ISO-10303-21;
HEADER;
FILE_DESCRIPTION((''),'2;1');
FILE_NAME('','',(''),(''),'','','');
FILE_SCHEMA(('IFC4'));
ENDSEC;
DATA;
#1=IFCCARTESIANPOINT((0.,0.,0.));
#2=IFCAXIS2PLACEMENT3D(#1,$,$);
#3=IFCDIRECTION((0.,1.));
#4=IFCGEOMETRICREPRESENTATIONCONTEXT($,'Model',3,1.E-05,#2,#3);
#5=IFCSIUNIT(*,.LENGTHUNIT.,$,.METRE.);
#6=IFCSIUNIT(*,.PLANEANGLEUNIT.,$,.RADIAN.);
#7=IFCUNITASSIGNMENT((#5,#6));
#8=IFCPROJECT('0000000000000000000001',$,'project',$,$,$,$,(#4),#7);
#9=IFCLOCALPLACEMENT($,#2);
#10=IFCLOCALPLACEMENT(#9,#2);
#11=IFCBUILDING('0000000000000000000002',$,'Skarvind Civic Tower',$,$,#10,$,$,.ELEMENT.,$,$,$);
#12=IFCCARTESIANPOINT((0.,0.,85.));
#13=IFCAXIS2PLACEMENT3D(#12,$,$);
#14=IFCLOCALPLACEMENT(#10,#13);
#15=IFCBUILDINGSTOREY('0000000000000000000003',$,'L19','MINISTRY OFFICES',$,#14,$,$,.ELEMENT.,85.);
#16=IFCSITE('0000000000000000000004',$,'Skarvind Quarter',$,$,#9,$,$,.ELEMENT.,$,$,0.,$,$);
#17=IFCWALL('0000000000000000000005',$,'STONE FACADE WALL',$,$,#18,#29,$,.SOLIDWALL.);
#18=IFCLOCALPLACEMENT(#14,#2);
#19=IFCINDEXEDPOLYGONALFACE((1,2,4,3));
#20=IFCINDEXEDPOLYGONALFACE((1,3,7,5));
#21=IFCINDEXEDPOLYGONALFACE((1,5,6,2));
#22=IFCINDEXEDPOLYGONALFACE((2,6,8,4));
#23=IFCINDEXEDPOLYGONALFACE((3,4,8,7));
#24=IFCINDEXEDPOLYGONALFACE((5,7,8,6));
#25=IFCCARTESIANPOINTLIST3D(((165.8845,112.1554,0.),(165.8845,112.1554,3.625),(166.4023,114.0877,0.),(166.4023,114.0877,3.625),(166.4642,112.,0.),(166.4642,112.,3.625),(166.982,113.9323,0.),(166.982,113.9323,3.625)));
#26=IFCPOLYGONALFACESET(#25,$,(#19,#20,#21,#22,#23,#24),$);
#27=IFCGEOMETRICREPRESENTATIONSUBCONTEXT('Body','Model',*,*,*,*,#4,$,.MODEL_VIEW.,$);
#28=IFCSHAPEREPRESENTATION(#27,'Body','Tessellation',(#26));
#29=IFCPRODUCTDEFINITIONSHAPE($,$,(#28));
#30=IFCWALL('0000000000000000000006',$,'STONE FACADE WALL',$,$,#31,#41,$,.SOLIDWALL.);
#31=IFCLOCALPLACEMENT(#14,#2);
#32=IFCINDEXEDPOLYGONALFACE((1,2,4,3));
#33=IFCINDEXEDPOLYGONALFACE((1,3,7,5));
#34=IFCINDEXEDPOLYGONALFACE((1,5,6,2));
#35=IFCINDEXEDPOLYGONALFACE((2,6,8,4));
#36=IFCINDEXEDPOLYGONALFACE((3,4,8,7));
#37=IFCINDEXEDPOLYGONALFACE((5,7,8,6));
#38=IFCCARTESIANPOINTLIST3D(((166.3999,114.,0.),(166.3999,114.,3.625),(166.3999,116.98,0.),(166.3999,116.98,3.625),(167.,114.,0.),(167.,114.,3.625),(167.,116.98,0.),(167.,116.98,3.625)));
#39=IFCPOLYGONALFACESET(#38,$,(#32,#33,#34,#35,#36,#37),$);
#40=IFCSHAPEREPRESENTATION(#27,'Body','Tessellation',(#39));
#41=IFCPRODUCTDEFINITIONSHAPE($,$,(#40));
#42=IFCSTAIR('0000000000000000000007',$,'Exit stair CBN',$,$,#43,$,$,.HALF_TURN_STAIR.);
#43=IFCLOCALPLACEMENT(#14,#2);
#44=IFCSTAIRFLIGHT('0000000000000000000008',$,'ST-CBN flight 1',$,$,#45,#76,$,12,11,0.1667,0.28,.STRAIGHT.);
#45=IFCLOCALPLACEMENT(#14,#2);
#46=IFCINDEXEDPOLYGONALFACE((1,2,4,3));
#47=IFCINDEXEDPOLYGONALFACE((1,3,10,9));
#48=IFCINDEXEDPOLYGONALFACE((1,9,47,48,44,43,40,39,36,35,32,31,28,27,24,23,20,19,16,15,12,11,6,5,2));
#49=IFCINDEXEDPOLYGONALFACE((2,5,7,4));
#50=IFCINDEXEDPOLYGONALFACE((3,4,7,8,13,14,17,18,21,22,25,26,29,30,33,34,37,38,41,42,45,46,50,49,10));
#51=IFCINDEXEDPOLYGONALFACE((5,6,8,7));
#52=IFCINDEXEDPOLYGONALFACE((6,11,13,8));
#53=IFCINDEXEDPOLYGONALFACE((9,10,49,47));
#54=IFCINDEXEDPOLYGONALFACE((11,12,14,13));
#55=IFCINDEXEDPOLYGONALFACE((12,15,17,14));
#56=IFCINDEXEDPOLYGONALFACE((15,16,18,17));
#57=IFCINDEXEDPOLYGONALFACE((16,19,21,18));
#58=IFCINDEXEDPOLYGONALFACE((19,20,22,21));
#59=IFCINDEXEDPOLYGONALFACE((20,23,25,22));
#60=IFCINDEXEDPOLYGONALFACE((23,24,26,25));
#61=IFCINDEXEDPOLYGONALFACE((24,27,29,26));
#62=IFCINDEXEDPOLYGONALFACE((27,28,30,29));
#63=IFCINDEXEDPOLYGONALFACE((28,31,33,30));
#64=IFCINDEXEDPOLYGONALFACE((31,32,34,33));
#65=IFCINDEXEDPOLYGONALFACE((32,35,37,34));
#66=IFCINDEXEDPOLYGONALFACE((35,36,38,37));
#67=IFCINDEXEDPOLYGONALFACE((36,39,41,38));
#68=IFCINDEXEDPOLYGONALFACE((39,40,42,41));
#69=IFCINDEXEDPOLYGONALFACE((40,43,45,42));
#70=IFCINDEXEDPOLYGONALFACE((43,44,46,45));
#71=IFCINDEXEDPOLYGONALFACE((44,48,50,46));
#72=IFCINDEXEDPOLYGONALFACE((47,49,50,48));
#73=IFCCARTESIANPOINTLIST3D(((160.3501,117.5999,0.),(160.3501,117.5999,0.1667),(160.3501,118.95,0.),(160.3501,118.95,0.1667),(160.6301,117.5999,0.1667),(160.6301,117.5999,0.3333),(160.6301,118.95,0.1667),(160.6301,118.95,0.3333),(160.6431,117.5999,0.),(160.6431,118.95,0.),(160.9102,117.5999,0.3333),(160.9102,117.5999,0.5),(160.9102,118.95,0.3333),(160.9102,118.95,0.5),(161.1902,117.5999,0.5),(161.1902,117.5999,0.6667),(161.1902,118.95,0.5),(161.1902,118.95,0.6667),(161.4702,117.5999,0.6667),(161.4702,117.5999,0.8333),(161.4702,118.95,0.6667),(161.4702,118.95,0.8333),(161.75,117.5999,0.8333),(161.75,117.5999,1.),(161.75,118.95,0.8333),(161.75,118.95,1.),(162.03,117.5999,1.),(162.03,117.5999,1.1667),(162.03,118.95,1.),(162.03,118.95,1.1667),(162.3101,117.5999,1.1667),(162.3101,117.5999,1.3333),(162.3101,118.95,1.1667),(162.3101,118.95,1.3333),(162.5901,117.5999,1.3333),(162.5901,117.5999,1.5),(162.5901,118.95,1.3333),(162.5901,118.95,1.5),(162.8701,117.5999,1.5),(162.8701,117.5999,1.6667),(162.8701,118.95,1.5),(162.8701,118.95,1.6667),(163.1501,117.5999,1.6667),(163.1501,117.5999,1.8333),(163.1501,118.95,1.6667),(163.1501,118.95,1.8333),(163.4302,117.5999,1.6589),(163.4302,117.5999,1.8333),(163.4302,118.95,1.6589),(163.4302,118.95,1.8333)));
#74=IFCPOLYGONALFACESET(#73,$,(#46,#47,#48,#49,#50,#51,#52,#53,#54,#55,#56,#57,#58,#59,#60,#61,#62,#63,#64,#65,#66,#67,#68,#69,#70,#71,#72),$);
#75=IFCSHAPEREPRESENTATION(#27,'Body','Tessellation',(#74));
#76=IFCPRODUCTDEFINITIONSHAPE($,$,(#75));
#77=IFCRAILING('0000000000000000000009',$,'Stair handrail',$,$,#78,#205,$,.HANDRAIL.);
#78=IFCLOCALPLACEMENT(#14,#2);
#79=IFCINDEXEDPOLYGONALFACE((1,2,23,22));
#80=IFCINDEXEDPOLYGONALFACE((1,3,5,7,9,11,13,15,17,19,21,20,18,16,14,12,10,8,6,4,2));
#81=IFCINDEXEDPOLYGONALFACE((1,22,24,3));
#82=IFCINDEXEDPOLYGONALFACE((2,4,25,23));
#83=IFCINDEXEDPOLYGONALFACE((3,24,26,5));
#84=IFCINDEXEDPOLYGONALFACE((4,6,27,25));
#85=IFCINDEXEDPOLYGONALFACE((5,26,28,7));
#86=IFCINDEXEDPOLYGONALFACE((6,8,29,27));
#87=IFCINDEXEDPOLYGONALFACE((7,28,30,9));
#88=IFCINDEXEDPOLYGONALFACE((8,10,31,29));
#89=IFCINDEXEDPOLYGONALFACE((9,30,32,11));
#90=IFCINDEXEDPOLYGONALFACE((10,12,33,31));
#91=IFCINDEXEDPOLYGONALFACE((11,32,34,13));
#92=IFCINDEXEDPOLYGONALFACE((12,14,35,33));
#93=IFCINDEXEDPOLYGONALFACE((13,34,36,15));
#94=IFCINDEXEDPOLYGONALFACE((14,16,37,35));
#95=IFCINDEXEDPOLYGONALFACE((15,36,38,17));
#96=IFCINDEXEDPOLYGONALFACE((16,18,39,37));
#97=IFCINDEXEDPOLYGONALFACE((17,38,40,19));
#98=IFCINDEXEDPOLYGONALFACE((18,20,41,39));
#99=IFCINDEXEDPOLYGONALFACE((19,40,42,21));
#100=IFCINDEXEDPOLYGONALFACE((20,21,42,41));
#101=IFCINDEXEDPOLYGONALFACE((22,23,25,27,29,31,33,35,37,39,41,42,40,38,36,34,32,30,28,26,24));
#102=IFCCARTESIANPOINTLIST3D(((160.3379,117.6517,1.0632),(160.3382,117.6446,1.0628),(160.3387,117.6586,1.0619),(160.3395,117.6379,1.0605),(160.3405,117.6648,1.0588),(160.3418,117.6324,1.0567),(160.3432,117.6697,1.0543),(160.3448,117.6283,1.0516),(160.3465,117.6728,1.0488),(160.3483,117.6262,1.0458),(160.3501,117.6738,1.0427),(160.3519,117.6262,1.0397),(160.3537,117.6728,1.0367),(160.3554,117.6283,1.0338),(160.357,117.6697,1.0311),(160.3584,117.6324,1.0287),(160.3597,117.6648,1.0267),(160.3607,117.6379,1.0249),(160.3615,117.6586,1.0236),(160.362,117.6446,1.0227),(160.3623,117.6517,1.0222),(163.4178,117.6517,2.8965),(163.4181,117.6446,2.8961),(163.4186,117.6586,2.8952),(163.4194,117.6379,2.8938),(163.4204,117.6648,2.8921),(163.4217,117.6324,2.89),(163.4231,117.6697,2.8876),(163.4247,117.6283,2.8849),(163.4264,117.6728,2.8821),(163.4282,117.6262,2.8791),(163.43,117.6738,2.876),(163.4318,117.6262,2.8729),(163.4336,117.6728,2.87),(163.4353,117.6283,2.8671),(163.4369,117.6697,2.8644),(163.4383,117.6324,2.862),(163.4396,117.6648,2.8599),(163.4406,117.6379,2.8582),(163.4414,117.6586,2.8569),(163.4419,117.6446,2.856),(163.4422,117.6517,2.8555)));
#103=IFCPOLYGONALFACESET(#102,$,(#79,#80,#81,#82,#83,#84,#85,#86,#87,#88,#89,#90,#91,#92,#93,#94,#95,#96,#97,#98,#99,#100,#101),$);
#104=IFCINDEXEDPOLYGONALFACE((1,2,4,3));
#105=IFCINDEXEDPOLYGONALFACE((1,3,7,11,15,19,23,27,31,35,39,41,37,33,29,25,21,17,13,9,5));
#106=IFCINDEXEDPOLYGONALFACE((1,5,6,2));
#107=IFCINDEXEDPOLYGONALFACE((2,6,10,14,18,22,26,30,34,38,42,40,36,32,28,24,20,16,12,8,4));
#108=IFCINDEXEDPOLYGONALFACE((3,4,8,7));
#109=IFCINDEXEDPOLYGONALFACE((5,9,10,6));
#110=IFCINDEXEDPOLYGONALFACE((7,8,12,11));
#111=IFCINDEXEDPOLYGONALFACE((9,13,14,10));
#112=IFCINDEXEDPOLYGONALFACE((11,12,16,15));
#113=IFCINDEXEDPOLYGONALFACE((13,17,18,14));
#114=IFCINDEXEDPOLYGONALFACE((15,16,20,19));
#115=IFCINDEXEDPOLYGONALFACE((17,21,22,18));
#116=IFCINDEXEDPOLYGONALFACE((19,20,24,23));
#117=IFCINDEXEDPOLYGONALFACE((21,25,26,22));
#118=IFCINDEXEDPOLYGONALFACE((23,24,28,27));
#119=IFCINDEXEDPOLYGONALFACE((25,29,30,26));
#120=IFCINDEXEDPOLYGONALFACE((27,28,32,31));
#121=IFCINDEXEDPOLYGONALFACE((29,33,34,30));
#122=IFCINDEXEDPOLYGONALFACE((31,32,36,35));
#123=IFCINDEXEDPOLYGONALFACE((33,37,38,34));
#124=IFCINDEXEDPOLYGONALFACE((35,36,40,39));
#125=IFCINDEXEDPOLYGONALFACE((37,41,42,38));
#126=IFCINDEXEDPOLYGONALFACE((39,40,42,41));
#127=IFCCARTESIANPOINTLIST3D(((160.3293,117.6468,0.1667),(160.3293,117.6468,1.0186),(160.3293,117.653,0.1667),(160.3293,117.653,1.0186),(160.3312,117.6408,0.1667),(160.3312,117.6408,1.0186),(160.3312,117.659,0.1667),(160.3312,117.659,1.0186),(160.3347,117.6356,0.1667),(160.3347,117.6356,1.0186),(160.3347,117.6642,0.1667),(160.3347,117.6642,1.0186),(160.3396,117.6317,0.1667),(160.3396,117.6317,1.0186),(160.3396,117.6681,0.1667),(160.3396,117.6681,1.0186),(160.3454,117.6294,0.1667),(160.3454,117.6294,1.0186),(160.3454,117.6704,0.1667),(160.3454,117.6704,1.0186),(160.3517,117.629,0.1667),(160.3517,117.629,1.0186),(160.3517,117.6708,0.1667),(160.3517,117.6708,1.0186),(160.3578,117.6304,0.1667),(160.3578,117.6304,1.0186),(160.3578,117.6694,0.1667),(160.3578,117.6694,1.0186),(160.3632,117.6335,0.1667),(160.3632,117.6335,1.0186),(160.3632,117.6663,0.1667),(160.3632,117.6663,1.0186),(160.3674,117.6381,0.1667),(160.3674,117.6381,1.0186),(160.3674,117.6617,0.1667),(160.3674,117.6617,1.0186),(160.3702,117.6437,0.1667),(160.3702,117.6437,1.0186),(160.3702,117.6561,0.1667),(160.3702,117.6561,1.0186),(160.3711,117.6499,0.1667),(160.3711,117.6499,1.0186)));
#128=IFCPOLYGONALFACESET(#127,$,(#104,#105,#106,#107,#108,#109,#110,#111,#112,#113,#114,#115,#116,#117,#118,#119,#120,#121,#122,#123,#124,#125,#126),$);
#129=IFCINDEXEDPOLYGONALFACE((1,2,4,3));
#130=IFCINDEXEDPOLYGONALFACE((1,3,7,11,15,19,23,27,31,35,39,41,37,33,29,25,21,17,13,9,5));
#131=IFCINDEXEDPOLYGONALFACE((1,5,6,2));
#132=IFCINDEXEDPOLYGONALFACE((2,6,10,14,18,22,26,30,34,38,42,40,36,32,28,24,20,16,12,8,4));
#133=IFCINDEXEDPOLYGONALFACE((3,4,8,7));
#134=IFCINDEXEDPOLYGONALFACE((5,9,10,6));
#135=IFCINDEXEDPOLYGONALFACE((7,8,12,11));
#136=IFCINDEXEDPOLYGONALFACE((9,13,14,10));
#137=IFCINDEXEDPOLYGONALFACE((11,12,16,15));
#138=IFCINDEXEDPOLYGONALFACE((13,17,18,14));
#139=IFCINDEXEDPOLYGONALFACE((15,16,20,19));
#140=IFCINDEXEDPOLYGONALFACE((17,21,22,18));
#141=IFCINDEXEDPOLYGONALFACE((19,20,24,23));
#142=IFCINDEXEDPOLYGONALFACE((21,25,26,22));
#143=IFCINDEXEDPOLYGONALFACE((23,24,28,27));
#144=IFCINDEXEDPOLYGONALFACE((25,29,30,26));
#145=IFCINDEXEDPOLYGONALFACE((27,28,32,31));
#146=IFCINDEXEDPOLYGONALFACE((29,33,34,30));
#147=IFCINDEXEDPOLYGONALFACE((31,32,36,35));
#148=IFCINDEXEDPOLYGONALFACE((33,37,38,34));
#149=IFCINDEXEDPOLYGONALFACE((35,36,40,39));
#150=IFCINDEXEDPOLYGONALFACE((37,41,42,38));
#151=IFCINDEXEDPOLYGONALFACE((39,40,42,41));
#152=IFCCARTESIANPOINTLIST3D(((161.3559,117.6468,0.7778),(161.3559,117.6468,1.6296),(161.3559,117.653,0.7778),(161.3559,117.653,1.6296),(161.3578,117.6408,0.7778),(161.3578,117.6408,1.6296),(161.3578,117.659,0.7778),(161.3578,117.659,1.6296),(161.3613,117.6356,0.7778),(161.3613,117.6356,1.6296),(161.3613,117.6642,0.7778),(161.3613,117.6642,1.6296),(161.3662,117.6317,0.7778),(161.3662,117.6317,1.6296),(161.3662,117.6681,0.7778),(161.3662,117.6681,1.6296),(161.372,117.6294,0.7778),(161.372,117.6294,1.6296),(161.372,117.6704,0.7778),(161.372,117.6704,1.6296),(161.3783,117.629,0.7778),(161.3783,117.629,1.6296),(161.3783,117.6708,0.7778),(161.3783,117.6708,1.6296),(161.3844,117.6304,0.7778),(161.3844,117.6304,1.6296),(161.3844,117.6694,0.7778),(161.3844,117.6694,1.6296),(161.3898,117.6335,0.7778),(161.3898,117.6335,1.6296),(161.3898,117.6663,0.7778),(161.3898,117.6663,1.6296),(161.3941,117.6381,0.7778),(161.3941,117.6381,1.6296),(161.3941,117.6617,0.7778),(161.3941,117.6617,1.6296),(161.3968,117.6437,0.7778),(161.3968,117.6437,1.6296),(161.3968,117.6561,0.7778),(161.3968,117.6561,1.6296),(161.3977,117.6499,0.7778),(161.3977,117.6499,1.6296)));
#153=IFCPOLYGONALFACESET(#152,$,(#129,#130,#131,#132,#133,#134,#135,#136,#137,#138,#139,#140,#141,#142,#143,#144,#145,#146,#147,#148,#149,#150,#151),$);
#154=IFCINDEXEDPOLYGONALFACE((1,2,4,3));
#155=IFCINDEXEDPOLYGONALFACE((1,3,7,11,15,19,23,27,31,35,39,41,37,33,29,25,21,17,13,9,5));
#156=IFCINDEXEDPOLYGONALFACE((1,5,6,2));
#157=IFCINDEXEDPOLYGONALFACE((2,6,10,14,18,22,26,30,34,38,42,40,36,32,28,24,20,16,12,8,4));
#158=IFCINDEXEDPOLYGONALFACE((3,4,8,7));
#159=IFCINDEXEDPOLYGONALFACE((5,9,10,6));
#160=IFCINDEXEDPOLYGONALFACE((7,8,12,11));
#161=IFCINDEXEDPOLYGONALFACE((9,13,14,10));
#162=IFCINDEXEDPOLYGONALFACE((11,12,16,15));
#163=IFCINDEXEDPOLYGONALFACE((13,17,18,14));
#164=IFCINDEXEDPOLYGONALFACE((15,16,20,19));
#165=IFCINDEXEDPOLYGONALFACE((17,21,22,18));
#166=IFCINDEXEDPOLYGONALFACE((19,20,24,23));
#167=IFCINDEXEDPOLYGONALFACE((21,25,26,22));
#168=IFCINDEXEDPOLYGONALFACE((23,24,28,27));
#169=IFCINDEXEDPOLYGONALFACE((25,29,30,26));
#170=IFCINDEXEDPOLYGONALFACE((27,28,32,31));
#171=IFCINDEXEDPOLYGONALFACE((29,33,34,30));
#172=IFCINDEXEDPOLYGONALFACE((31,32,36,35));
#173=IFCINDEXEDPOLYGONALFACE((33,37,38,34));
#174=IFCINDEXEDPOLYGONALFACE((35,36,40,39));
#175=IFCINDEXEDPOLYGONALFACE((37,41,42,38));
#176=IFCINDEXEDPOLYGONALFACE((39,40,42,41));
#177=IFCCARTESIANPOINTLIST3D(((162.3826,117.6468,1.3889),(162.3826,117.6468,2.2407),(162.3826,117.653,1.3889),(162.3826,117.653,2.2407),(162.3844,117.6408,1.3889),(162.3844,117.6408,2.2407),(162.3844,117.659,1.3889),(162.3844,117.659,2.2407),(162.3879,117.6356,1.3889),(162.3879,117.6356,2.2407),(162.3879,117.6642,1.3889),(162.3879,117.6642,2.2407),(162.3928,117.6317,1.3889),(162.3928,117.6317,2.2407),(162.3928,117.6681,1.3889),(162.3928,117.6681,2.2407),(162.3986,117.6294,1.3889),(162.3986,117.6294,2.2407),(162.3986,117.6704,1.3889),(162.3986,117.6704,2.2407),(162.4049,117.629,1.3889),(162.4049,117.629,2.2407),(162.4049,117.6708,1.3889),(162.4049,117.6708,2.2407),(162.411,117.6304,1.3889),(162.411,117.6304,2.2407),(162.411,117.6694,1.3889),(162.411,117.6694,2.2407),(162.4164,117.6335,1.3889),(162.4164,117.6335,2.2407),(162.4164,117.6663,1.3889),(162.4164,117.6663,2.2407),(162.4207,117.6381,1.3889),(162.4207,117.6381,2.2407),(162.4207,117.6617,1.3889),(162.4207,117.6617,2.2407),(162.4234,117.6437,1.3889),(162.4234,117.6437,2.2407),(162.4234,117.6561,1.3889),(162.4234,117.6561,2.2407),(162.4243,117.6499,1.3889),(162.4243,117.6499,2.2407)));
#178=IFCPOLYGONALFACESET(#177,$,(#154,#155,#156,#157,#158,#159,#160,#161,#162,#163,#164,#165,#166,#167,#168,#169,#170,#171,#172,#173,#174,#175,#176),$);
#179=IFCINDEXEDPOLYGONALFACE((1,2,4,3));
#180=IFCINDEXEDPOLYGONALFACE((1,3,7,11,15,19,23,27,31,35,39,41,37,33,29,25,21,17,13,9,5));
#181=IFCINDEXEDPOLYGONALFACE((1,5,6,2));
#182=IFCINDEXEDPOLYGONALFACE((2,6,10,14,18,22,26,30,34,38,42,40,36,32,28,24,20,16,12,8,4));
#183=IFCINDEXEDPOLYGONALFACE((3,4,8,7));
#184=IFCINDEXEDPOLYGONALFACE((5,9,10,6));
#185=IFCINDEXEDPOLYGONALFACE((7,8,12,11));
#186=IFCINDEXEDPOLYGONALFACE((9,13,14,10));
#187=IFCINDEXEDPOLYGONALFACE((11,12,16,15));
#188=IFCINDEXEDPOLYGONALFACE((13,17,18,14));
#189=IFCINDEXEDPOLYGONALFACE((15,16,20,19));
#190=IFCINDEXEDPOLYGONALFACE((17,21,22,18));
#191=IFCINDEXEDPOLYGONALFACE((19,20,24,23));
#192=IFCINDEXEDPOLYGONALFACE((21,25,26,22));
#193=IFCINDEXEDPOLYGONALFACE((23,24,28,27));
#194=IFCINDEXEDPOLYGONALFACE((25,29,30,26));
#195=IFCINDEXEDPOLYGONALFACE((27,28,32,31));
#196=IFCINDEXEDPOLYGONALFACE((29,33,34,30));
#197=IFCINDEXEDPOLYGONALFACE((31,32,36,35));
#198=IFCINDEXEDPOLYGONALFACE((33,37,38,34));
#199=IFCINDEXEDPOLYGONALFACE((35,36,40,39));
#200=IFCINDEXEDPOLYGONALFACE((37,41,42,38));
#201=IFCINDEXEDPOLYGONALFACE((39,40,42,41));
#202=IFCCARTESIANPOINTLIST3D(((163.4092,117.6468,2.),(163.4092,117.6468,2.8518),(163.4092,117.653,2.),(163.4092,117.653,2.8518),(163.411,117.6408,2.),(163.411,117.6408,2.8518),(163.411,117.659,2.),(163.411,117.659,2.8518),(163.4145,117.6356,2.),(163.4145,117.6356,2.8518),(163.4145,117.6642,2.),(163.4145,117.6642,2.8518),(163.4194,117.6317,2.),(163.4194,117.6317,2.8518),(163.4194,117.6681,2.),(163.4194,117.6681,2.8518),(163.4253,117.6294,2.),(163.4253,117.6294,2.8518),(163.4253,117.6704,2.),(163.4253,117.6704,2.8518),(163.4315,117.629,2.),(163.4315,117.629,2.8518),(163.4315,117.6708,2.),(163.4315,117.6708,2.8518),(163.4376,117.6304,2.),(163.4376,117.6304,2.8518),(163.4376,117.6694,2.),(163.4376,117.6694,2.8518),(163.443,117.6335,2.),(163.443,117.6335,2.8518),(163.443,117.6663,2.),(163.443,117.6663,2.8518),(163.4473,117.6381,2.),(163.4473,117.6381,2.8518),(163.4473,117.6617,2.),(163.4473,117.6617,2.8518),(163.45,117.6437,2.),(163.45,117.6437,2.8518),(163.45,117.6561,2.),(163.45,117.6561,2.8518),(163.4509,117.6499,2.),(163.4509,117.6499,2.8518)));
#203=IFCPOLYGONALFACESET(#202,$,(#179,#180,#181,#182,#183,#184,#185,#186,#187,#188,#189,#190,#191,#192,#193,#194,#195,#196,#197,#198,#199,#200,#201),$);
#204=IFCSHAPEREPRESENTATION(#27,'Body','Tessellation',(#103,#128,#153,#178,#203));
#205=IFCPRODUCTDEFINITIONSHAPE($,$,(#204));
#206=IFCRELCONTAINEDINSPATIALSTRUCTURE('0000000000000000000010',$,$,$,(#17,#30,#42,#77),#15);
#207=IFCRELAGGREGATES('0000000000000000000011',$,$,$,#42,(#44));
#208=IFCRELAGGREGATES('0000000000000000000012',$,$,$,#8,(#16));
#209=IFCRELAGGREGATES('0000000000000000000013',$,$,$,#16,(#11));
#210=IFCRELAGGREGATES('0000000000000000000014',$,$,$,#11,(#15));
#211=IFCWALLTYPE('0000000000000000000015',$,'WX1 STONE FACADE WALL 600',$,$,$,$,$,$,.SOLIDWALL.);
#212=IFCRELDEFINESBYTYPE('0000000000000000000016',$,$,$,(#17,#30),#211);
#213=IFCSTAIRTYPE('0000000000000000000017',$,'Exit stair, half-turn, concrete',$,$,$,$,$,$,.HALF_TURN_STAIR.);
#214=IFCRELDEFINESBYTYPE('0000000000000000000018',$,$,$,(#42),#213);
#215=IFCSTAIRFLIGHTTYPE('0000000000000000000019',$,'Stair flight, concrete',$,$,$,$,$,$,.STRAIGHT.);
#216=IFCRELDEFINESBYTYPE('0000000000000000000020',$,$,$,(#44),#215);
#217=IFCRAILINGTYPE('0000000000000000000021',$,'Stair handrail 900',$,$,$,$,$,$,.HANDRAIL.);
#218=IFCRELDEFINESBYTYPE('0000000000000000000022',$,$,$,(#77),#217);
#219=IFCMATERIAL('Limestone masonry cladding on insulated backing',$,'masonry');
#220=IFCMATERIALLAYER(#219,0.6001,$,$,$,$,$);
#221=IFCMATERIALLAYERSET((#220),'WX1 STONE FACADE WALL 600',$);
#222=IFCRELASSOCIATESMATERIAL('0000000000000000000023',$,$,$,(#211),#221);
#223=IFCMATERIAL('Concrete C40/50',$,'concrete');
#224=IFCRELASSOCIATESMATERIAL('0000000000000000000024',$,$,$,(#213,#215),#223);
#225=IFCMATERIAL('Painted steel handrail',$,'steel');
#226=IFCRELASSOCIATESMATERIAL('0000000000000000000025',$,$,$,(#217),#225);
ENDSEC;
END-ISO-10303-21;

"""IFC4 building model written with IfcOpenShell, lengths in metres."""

from ifc_helpers import new_model, si_unit, direction, frame, frame_2d, origin, origin_2d, place, context, subcontext, project, spatial, polyline, rectangle, circle, outline, extrude, material, layer, layer_set, type_object, element, aggregate, save


model = new_model("IFC4")

# Units and contexts
model_context = context("Model", 3, precision=1e-05, world=origin(), true_north=direction((0.0, 1.0)))
body_context = subcontext(model_context, "Body", "Model", "MODEL_VIEW")
ifc_project = project(units=[si_unit("LENGTHUNIT", "METRE"), si_unit("PLANEANGLEUNIT", "RADIAN")], contexts=[model_context])

# Site, building, storey
site_placement = place(None, origin())
site = spatial("IfcSite", under=ifc_project, at=site_placement, Name="Skarvind Quarter", CompositionType="ELEMENT", RefElevation=0.0)
building_placement = place(site_placement, origin())
building = spatial("IfcBuilding", under=site, at=building_placement, Name="Skarvind Civic Tower", CompositionType="ELEMENT")
storey_placement = place(building_placement, frame((0.0, 0.0, 85.0)))
storey = spatial("IfcBuildingStorey", under=building, at=storey_placement, Name="L19", Description="MINISTRY OFFICES", CompositionType="ELEMENT", Elevation=85.0)

# Shared definitions
ifc_material_1 = material(Name="Limestone masonry cladding on insulated backing", Category="masonry")
ifc_layer_1 = layer(ifc_material_1, 0.6001)
ifc_layer_set_1 = layer_set([ifc_layer_1], Name="WX1 STONE FACADE WALL 600")
wall_type_1 = type_object("IfcWallType", Name="WX1 STONE FACADE WALL 600", PredefinedType="SOLIDWALL", material=ifc_layer_set_1)

# Walls
wall_1_placement = place(storey_placement, frame((166.6921, 114.01, 0.0), z_axis=(0.0, 0.0, 1.0), x_axis=(-0.25884, -0.96592, 0.0)))
element("IfcWall", 1, at=wall_1_placement, inside=storey, type_object=wall_type_1, Name="STONE FACADE WALL", PredefinedType="SOLIDWALL", context=body_context, shape_type="SweptSolid", body=[
    extrude(rectangle(XDim=2.0005, YDim=0.6001, at=frame_2d((1.0002, 0.0))), origin(), (0.0, 0.0, 1.0), 3.625),
])
wall_2_placement = place(storey_placement, frame((166.7, 116.98, 0.0), z_axis=(0.0, 0.0, 1.0), x_axis=(0.0, -1.0, 0.0)))
element("IfcWall", 2, at=wall_2_placement, inside=storey, type_object=wall_type_1, Name="STONE FACADE WALL", PredefinedType="SOLIDWALL", context=body_context, shape_type="SweptSolid", body=[
    extrude(rectangle(XDim=2.98, YDim=0.6001, at=frame_2d((1.49, 0.0))), origin(), (0.0, 0.0, 1.0), 3.625),
])

# Stair, stair flight
ifc_material_2 = material(Name="Concrete C40/50", Category="concrete")
stair_type = type_object("IfcStairType", Name="Exit stair, half-turn, concrete", PredefinedType="HALF_TURN_STAIR", material=ifc_material_2)
stair_placement = place(storey_placement, origin())
stair = element("IfcStair", 3, at=stair_placement, inside=storey, type_object=stair_type, Name="Exit stair CBN", PredefinedType="HALF_TURN_STAIR")
stair_flight_type = type_object("IfcStairFlightType", Name="Stair flight, concrete", PredefinedType="STRAIGHT", material=ifc_material_2)
stair_flight_placement = place(storey_placement, frame((160.3501, 118.2749, 0.0), z_axis=(0.0, 0.0, 1.0), x_axis=(1.0, 0.0, 0.0)))
stair_flight = element("IfcStairFlight", 4, at=stair_flight_placement, type_object=stair_flight_type, Name="ST-CBN flight 1", NumberOfRisers=12, NumberOfTreads=11, PredefinedType="STRAIGHT", RiserHeight=0.1667, TreadLength=0.28, context=body_context, shape_type="SweptSolid", body=[
    extrude(outline(polyline([(0.0, 0.0), (0.0, 0.1667), (0.28, 0.1667), (0.28, 0.3333), (0.5601, 0.3333), (0.5601, 0.5), (0.8401, 0.5), (0.8401, 0.6667), (1.1201, 0.6667), (1.1201, 0.8333), (1.3999, 0.8333), (1.3999, 1.0), (1.6799, 1.0), (1.6799, 1.1667), (1.96, 1.1667), (1.96, 1.3333), (2.24, 1.3333), (2.24, 1.5), (2.52, 1.5), (2.52, 1.6667), (2.8, 1.6667), (2.8, 1.8333), (3.0801, 1.8333), (3.0801, 2.0), (3.0801, 1.6589), (0.293, 0.0), (0.0, 0.0)])), frame((0.0, 0.675, 0.0), z_axis=(0.0, -1.0, 0.0), x_axis=(1.0, 0.0, 0.0)), (0.0, 0.0, 1.0), 1.3501),
])
aggregate(stair, [stair_flight])

# Railing
ifc_material_3 = material(Name="Painted steel handrail", Category="steel")
railing_type = type_object("IfcRailingType", Name="Stair handrail 900", PredefinedType="HANDRAIL", material=ifc_material_3)
railing_placement = place(storey_placement, frame((160.3501, 117.6499, 0.1667)))
element("IfcRailing", 5, at=railing_placement, inside=storey, type_object=railing_type, Name="Stair handrail", PredefinedType="HANDRAIL", context=body_context, shape_type="SweptSolid", body=[
    extrude(circle(Radius=0.0239, at=origin_2d()), frame((0.0, 0.0, 0.876), z_axis=(0.859291, 0.0, 0.511487), x_axis=(0.0, 1.0, 0.0)), (0.0, 0.0, 1.0), 3.5842),
    extrude(circle(Radius=0.021, at=origin_2d()), origin(), (0.0, 0.0, 1.0), 0.8518),
    extrude(circle(Radius=0.021, at=origin_2d()), frame((1.0266, 0.0, 0.6111)), (0.0, 0.0, 1.0), 0.8518),
    extrude(circle(Radius=0.021, at=origin_2d()), frame((2.0532, 0.0, 1.2222)), (0.0, 0.0, 1.0), 0.8518),
    extrude(circle(Radius=0.021, at=origin_2d()), frame((3.0798, 0.0, 1.8333)), (0.0, 0.0, 1.0), 0.8518),
])

save(model, "model.ifc")
